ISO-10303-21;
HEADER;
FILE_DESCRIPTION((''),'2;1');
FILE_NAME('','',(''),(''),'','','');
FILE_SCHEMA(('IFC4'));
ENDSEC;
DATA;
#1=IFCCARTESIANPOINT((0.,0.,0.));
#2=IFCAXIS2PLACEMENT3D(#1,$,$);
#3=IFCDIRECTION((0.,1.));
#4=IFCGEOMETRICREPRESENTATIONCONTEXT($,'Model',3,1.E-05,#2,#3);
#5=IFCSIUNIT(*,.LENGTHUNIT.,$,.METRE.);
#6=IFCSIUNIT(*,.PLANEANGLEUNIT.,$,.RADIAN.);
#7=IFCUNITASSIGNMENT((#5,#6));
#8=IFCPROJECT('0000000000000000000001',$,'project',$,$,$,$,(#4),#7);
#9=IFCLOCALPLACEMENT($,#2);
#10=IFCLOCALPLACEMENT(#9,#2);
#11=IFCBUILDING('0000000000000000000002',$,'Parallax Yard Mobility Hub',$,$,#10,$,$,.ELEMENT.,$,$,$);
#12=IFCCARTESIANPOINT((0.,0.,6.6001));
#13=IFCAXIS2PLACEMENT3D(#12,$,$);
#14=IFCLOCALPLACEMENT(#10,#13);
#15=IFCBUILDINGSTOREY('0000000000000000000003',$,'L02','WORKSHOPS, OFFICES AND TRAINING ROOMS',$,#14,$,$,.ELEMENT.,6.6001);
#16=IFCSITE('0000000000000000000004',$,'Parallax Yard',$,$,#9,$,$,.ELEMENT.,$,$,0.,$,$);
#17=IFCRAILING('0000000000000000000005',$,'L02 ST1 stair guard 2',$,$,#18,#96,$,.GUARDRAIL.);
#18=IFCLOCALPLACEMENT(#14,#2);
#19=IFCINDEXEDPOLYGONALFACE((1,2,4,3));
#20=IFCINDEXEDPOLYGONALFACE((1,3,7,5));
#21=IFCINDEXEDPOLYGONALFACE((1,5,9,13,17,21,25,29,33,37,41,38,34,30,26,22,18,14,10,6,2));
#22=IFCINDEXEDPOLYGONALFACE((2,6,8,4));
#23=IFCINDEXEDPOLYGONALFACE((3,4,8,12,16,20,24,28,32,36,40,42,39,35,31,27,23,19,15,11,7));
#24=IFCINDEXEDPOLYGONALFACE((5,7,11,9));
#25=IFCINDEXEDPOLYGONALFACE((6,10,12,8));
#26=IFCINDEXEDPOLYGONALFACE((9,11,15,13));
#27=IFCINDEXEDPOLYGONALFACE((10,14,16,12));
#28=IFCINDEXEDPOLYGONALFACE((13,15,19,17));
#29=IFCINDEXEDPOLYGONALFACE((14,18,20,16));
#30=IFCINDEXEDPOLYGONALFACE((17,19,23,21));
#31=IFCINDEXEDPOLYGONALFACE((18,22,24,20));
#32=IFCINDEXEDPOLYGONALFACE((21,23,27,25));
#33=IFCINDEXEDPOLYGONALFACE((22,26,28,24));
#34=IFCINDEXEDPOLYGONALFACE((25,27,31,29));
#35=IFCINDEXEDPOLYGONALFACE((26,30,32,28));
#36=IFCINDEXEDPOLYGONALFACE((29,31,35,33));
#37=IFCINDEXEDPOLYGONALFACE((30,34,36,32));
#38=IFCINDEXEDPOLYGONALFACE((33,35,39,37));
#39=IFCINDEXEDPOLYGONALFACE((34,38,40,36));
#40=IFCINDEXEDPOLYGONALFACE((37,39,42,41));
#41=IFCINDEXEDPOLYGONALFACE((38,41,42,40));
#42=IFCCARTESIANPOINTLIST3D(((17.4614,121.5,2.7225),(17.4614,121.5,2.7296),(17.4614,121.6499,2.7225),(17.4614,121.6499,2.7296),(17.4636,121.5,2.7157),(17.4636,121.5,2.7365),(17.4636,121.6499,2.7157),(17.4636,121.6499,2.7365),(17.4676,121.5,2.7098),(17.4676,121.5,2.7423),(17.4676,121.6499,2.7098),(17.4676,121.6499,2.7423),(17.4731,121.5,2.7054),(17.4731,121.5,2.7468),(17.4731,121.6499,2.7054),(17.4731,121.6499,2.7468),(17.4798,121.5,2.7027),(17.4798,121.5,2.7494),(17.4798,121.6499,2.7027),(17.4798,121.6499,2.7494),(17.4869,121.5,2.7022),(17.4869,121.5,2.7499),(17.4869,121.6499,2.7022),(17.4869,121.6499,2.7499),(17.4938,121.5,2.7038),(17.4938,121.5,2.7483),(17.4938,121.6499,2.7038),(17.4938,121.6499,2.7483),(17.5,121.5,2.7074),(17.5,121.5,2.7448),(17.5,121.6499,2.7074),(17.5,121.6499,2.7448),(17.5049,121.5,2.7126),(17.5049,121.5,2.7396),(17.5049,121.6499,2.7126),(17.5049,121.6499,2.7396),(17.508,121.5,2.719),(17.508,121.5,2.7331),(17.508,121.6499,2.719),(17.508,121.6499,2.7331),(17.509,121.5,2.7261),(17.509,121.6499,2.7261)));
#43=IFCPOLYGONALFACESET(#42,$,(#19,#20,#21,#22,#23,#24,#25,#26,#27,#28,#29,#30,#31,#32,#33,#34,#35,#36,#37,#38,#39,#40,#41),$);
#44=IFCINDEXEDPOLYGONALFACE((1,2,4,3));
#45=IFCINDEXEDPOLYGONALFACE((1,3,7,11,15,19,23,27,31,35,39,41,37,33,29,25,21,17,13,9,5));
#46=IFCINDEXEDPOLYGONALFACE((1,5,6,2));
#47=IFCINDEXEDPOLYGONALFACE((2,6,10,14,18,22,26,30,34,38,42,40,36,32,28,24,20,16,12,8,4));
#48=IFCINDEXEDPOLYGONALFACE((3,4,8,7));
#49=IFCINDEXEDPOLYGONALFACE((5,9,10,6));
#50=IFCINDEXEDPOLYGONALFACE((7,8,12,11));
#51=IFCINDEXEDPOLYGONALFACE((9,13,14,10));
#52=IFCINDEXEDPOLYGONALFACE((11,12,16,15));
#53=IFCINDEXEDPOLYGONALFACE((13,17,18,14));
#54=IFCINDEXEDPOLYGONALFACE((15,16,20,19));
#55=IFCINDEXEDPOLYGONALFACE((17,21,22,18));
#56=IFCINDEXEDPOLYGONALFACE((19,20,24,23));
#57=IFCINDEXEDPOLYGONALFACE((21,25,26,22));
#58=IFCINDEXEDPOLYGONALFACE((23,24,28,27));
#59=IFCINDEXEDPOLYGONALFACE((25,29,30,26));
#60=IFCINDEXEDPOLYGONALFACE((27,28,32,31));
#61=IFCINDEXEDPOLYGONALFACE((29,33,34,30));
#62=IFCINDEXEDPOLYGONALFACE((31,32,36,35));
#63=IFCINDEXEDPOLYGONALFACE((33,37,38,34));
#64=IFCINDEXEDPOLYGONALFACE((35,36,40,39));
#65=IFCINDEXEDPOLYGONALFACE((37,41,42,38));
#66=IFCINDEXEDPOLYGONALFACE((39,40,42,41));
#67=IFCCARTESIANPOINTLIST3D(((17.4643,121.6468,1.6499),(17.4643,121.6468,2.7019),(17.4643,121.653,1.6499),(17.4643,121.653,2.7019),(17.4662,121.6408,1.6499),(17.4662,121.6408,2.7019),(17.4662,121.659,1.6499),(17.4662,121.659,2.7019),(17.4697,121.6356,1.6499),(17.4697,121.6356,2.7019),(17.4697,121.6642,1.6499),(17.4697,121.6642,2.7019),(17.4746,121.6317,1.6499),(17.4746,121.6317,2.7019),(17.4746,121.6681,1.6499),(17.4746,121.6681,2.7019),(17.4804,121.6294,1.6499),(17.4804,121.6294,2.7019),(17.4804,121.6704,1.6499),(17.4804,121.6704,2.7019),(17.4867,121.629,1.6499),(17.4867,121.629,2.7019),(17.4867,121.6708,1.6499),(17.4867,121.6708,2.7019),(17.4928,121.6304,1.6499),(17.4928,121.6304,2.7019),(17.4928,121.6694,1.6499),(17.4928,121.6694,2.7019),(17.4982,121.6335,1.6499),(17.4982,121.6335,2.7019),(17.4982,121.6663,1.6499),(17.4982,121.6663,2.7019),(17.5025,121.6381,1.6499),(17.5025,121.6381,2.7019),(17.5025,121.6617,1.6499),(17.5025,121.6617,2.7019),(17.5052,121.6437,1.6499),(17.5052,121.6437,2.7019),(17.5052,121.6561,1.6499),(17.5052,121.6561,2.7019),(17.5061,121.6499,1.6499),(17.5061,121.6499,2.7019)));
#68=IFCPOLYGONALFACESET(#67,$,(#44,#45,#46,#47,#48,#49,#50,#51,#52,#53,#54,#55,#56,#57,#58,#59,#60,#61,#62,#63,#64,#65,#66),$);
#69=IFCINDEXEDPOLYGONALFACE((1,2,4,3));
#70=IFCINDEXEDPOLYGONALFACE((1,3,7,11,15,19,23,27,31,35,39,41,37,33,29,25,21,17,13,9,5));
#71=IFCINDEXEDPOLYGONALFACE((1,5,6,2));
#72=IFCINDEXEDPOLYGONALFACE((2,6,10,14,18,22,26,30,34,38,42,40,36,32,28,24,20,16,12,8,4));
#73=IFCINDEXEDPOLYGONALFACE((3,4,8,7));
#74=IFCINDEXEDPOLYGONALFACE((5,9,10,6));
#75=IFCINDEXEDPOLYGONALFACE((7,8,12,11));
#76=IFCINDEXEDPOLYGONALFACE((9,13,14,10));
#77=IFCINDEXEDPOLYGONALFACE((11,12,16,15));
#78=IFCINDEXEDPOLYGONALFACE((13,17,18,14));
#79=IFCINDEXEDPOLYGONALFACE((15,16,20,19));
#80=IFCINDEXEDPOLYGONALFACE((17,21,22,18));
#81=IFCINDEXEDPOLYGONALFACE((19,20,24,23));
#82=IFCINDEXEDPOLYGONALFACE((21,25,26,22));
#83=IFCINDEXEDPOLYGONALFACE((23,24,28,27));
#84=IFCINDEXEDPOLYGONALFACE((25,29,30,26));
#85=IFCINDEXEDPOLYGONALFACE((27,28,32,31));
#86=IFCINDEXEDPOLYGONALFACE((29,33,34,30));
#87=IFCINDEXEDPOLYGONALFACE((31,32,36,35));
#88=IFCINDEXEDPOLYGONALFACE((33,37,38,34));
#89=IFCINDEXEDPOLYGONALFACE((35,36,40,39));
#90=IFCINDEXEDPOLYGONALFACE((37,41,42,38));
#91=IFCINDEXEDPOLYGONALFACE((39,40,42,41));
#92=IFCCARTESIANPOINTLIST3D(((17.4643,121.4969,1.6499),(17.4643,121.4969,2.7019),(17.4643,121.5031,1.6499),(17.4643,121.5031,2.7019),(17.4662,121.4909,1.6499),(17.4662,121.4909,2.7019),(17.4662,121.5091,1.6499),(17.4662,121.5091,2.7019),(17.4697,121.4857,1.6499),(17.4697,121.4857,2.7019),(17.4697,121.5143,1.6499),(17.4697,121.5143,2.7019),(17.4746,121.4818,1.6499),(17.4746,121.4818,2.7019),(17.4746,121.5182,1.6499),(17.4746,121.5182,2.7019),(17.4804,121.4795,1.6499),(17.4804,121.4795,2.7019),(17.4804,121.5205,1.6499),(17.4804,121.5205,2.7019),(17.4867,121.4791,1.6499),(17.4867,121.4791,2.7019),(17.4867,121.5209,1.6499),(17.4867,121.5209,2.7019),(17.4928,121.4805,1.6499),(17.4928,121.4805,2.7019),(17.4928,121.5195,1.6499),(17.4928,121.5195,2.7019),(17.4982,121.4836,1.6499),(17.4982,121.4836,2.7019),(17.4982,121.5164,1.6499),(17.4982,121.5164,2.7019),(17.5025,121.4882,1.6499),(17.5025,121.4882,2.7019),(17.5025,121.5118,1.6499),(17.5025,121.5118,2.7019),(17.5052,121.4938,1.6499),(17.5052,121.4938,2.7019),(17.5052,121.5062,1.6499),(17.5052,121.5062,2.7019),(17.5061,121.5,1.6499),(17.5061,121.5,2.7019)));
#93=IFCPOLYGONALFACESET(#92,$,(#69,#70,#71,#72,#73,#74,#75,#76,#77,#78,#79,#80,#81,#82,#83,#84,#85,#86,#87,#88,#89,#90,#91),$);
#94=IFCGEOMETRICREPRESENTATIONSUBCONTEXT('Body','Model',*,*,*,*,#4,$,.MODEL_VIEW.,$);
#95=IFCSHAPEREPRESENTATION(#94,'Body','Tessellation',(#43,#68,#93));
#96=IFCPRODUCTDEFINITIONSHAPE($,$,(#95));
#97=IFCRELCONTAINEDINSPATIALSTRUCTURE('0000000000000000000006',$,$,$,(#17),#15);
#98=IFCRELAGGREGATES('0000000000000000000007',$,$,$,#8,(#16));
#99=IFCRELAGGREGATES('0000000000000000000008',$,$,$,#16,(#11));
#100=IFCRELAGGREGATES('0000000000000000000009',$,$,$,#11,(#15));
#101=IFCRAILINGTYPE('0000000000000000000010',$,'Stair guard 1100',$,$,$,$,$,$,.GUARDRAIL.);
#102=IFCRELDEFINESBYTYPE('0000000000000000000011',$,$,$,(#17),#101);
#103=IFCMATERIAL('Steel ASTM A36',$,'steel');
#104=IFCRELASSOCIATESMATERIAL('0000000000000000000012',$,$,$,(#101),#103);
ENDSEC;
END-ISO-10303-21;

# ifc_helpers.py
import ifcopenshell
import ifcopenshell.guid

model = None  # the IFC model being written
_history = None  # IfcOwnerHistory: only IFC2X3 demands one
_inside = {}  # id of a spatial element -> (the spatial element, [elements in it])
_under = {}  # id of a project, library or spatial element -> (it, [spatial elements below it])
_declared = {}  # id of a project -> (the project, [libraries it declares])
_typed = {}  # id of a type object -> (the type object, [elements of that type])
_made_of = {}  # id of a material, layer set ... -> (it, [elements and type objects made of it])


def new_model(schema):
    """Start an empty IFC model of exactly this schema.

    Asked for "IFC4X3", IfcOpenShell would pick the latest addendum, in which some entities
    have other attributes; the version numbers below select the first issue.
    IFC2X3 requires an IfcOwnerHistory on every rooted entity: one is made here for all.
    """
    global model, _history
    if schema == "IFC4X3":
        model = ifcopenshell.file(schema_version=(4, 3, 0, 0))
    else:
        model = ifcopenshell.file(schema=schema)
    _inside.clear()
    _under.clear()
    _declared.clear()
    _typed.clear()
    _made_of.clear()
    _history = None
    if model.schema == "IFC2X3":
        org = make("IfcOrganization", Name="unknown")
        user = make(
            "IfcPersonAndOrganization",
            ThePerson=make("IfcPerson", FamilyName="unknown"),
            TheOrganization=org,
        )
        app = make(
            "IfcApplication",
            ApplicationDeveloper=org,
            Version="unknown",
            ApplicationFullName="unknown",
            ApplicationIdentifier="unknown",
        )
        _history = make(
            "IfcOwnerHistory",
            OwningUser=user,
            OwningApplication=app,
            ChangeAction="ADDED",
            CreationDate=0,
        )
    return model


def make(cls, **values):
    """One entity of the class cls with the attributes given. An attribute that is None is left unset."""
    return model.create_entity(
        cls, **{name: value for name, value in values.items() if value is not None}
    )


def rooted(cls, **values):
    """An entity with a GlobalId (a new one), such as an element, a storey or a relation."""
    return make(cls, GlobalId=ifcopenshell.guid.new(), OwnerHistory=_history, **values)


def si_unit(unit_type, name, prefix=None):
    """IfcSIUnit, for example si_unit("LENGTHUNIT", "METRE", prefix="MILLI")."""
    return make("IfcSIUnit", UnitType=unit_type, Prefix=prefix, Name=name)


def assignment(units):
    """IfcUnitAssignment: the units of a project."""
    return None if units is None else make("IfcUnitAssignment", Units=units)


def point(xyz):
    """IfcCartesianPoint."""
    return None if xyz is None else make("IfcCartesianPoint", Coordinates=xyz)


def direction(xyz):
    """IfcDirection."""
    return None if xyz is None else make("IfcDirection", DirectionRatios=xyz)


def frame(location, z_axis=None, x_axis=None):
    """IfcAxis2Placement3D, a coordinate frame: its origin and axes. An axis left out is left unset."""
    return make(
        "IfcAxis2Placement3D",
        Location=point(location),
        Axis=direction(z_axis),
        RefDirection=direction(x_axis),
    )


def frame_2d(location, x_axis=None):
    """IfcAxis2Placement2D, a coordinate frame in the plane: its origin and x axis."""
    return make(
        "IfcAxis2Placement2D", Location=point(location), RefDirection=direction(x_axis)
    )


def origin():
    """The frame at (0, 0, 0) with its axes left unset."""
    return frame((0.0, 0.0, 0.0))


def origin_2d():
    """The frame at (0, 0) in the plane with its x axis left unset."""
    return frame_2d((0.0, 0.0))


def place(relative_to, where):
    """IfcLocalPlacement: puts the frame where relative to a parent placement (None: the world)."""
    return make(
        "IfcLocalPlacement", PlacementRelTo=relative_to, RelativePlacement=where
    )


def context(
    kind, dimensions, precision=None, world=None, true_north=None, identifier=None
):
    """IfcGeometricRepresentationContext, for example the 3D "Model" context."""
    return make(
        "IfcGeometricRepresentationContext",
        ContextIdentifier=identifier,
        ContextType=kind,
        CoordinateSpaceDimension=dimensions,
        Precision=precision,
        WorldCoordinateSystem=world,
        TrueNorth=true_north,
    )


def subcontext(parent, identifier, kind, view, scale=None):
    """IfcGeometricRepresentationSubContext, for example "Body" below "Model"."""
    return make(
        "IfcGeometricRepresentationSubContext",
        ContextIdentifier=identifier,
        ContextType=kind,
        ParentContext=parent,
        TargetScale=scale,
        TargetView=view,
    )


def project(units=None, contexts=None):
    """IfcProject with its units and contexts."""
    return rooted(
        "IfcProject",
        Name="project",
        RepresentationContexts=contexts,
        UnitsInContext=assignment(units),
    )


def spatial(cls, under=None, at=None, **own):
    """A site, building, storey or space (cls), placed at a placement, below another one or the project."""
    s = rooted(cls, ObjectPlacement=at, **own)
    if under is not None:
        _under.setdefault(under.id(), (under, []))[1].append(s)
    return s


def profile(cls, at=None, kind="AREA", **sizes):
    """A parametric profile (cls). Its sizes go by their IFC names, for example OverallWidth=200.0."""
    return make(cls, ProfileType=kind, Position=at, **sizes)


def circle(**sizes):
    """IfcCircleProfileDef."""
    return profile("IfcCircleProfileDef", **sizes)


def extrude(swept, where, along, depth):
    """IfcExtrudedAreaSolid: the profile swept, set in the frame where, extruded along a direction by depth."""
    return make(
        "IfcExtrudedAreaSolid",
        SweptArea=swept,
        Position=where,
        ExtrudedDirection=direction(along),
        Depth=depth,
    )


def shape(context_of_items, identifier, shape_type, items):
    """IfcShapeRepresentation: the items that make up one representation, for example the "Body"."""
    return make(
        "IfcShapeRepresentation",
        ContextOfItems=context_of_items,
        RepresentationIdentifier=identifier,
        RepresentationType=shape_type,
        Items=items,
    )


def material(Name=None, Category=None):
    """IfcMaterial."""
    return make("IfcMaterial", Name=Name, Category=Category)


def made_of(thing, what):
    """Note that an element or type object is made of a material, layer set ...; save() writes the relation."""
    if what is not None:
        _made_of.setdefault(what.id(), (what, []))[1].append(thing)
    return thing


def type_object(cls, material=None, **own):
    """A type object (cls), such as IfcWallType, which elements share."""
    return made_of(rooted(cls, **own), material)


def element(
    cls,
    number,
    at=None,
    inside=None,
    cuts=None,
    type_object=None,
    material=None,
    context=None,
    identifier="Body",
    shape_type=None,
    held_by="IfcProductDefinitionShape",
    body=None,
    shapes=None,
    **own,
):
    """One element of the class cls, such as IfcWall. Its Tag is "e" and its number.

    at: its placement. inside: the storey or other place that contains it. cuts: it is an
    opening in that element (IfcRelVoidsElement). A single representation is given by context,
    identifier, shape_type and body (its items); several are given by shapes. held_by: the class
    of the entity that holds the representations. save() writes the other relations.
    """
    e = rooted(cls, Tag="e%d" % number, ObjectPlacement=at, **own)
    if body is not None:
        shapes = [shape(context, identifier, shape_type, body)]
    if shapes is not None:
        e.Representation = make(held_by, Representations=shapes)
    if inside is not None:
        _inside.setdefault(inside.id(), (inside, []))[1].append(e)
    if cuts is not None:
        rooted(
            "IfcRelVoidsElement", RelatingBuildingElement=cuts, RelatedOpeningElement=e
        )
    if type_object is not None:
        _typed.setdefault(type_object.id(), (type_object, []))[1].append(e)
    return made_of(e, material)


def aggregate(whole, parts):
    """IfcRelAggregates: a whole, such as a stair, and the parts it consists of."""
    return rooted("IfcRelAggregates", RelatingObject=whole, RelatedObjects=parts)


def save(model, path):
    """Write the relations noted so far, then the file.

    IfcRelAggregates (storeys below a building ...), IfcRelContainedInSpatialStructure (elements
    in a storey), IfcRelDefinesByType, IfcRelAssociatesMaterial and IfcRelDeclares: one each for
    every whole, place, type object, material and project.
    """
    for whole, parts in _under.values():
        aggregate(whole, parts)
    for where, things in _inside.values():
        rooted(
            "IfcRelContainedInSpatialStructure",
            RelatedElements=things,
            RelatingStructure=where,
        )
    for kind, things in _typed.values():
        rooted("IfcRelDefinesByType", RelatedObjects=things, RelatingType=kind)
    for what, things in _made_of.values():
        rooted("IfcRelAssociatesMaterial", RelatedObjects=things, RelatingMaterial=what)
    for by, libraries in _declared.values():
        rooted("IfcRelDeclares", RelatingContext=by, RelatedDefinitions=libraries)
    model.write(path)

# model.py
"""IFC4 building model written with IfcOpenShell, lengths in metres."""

from ifc_helpers import new_model, si_unit, direction, frame, origin, origin_2d, place, context, subcontext, project, spatial, circle, extrude, material, type_object, element, save


model = new_model("IFC4")

# Units and contexts
model_context = context("Model", 3, precision=1e-05, world=origin(), true_north=direction((0.0, 1.0)))
body_context = subcontext(model_context, "Body", "Model", "MODEL_VIEW")
ifc_project = project(units=[si_unit("LENGTHUNIT", "METRE"), si_unit("PLANEANGLEUNIT", "RADIAN")], contexts=[model_context])

# Site, building, storey
site_placement = place(None, origin())
site = spatial("IfcSite", under=ifc_project, at=site_placement, Name="Parallax Yard", CompositionType="ELEMENT", RefElevation=0.0)
building_placement = place(site_placement, origin())
building = spatial("IfcBuilding", under=site, at=building_placement, Name="Parallax Yard Mobility Hub", CompositionType="ELEMENT")
storey_placement = place(building_placement, frame((0.0, 0.0, 6.6001)))
storey = spatial("IfcBuildingStorey", under=building, at=storey_placement, Name="L02", Description="WORKSHOPS, OFFICES AND TRAINING ROOMS", CompositionType="ELEMENT", Elevation=6.6001)

# Railing
ifc_material_1 = material(Name="Steel ASTM A36", Category="steel")
railing_type_1 = type_object("IfcRailingType", Name="Stair guard 1100", PredefinedType="GUARDRAIL", material=ifc_material_1)
railing_1_placement = place(storey_placement, frame((17.4851, 121.6499, 1.6499)))
element("IfcRailing", 1, at=railing_1_placement, inside=storey, type_object=railing_type_1, Name="L02 ST1 stair guard 2", PredefinedType="GUARDRAIL", context=body_context, shape_type="SweptSolid", body=[
    extrude(circle(Radius=0.0239, at=origin_2d()), frame((0.0, 0.0, 1.0762), z_axis=(0.0, -1.0, 0.0), x_axis=(1.0, 0.0, 0.0)), (0.0, 0.0, 1.0), 0.1499),
    extrude(circle(Radius=0.021, at=origin_2d()), origin(), (0.0, 0.0, 1.0), 1.052),
    extrude(circle(Radius=0.021, at=origin_2d()), frame((0.0, -0.1499, 0.0)), (0.0, 0.0, 1.0), 1.052),
])

save(model, "model.ifc")
